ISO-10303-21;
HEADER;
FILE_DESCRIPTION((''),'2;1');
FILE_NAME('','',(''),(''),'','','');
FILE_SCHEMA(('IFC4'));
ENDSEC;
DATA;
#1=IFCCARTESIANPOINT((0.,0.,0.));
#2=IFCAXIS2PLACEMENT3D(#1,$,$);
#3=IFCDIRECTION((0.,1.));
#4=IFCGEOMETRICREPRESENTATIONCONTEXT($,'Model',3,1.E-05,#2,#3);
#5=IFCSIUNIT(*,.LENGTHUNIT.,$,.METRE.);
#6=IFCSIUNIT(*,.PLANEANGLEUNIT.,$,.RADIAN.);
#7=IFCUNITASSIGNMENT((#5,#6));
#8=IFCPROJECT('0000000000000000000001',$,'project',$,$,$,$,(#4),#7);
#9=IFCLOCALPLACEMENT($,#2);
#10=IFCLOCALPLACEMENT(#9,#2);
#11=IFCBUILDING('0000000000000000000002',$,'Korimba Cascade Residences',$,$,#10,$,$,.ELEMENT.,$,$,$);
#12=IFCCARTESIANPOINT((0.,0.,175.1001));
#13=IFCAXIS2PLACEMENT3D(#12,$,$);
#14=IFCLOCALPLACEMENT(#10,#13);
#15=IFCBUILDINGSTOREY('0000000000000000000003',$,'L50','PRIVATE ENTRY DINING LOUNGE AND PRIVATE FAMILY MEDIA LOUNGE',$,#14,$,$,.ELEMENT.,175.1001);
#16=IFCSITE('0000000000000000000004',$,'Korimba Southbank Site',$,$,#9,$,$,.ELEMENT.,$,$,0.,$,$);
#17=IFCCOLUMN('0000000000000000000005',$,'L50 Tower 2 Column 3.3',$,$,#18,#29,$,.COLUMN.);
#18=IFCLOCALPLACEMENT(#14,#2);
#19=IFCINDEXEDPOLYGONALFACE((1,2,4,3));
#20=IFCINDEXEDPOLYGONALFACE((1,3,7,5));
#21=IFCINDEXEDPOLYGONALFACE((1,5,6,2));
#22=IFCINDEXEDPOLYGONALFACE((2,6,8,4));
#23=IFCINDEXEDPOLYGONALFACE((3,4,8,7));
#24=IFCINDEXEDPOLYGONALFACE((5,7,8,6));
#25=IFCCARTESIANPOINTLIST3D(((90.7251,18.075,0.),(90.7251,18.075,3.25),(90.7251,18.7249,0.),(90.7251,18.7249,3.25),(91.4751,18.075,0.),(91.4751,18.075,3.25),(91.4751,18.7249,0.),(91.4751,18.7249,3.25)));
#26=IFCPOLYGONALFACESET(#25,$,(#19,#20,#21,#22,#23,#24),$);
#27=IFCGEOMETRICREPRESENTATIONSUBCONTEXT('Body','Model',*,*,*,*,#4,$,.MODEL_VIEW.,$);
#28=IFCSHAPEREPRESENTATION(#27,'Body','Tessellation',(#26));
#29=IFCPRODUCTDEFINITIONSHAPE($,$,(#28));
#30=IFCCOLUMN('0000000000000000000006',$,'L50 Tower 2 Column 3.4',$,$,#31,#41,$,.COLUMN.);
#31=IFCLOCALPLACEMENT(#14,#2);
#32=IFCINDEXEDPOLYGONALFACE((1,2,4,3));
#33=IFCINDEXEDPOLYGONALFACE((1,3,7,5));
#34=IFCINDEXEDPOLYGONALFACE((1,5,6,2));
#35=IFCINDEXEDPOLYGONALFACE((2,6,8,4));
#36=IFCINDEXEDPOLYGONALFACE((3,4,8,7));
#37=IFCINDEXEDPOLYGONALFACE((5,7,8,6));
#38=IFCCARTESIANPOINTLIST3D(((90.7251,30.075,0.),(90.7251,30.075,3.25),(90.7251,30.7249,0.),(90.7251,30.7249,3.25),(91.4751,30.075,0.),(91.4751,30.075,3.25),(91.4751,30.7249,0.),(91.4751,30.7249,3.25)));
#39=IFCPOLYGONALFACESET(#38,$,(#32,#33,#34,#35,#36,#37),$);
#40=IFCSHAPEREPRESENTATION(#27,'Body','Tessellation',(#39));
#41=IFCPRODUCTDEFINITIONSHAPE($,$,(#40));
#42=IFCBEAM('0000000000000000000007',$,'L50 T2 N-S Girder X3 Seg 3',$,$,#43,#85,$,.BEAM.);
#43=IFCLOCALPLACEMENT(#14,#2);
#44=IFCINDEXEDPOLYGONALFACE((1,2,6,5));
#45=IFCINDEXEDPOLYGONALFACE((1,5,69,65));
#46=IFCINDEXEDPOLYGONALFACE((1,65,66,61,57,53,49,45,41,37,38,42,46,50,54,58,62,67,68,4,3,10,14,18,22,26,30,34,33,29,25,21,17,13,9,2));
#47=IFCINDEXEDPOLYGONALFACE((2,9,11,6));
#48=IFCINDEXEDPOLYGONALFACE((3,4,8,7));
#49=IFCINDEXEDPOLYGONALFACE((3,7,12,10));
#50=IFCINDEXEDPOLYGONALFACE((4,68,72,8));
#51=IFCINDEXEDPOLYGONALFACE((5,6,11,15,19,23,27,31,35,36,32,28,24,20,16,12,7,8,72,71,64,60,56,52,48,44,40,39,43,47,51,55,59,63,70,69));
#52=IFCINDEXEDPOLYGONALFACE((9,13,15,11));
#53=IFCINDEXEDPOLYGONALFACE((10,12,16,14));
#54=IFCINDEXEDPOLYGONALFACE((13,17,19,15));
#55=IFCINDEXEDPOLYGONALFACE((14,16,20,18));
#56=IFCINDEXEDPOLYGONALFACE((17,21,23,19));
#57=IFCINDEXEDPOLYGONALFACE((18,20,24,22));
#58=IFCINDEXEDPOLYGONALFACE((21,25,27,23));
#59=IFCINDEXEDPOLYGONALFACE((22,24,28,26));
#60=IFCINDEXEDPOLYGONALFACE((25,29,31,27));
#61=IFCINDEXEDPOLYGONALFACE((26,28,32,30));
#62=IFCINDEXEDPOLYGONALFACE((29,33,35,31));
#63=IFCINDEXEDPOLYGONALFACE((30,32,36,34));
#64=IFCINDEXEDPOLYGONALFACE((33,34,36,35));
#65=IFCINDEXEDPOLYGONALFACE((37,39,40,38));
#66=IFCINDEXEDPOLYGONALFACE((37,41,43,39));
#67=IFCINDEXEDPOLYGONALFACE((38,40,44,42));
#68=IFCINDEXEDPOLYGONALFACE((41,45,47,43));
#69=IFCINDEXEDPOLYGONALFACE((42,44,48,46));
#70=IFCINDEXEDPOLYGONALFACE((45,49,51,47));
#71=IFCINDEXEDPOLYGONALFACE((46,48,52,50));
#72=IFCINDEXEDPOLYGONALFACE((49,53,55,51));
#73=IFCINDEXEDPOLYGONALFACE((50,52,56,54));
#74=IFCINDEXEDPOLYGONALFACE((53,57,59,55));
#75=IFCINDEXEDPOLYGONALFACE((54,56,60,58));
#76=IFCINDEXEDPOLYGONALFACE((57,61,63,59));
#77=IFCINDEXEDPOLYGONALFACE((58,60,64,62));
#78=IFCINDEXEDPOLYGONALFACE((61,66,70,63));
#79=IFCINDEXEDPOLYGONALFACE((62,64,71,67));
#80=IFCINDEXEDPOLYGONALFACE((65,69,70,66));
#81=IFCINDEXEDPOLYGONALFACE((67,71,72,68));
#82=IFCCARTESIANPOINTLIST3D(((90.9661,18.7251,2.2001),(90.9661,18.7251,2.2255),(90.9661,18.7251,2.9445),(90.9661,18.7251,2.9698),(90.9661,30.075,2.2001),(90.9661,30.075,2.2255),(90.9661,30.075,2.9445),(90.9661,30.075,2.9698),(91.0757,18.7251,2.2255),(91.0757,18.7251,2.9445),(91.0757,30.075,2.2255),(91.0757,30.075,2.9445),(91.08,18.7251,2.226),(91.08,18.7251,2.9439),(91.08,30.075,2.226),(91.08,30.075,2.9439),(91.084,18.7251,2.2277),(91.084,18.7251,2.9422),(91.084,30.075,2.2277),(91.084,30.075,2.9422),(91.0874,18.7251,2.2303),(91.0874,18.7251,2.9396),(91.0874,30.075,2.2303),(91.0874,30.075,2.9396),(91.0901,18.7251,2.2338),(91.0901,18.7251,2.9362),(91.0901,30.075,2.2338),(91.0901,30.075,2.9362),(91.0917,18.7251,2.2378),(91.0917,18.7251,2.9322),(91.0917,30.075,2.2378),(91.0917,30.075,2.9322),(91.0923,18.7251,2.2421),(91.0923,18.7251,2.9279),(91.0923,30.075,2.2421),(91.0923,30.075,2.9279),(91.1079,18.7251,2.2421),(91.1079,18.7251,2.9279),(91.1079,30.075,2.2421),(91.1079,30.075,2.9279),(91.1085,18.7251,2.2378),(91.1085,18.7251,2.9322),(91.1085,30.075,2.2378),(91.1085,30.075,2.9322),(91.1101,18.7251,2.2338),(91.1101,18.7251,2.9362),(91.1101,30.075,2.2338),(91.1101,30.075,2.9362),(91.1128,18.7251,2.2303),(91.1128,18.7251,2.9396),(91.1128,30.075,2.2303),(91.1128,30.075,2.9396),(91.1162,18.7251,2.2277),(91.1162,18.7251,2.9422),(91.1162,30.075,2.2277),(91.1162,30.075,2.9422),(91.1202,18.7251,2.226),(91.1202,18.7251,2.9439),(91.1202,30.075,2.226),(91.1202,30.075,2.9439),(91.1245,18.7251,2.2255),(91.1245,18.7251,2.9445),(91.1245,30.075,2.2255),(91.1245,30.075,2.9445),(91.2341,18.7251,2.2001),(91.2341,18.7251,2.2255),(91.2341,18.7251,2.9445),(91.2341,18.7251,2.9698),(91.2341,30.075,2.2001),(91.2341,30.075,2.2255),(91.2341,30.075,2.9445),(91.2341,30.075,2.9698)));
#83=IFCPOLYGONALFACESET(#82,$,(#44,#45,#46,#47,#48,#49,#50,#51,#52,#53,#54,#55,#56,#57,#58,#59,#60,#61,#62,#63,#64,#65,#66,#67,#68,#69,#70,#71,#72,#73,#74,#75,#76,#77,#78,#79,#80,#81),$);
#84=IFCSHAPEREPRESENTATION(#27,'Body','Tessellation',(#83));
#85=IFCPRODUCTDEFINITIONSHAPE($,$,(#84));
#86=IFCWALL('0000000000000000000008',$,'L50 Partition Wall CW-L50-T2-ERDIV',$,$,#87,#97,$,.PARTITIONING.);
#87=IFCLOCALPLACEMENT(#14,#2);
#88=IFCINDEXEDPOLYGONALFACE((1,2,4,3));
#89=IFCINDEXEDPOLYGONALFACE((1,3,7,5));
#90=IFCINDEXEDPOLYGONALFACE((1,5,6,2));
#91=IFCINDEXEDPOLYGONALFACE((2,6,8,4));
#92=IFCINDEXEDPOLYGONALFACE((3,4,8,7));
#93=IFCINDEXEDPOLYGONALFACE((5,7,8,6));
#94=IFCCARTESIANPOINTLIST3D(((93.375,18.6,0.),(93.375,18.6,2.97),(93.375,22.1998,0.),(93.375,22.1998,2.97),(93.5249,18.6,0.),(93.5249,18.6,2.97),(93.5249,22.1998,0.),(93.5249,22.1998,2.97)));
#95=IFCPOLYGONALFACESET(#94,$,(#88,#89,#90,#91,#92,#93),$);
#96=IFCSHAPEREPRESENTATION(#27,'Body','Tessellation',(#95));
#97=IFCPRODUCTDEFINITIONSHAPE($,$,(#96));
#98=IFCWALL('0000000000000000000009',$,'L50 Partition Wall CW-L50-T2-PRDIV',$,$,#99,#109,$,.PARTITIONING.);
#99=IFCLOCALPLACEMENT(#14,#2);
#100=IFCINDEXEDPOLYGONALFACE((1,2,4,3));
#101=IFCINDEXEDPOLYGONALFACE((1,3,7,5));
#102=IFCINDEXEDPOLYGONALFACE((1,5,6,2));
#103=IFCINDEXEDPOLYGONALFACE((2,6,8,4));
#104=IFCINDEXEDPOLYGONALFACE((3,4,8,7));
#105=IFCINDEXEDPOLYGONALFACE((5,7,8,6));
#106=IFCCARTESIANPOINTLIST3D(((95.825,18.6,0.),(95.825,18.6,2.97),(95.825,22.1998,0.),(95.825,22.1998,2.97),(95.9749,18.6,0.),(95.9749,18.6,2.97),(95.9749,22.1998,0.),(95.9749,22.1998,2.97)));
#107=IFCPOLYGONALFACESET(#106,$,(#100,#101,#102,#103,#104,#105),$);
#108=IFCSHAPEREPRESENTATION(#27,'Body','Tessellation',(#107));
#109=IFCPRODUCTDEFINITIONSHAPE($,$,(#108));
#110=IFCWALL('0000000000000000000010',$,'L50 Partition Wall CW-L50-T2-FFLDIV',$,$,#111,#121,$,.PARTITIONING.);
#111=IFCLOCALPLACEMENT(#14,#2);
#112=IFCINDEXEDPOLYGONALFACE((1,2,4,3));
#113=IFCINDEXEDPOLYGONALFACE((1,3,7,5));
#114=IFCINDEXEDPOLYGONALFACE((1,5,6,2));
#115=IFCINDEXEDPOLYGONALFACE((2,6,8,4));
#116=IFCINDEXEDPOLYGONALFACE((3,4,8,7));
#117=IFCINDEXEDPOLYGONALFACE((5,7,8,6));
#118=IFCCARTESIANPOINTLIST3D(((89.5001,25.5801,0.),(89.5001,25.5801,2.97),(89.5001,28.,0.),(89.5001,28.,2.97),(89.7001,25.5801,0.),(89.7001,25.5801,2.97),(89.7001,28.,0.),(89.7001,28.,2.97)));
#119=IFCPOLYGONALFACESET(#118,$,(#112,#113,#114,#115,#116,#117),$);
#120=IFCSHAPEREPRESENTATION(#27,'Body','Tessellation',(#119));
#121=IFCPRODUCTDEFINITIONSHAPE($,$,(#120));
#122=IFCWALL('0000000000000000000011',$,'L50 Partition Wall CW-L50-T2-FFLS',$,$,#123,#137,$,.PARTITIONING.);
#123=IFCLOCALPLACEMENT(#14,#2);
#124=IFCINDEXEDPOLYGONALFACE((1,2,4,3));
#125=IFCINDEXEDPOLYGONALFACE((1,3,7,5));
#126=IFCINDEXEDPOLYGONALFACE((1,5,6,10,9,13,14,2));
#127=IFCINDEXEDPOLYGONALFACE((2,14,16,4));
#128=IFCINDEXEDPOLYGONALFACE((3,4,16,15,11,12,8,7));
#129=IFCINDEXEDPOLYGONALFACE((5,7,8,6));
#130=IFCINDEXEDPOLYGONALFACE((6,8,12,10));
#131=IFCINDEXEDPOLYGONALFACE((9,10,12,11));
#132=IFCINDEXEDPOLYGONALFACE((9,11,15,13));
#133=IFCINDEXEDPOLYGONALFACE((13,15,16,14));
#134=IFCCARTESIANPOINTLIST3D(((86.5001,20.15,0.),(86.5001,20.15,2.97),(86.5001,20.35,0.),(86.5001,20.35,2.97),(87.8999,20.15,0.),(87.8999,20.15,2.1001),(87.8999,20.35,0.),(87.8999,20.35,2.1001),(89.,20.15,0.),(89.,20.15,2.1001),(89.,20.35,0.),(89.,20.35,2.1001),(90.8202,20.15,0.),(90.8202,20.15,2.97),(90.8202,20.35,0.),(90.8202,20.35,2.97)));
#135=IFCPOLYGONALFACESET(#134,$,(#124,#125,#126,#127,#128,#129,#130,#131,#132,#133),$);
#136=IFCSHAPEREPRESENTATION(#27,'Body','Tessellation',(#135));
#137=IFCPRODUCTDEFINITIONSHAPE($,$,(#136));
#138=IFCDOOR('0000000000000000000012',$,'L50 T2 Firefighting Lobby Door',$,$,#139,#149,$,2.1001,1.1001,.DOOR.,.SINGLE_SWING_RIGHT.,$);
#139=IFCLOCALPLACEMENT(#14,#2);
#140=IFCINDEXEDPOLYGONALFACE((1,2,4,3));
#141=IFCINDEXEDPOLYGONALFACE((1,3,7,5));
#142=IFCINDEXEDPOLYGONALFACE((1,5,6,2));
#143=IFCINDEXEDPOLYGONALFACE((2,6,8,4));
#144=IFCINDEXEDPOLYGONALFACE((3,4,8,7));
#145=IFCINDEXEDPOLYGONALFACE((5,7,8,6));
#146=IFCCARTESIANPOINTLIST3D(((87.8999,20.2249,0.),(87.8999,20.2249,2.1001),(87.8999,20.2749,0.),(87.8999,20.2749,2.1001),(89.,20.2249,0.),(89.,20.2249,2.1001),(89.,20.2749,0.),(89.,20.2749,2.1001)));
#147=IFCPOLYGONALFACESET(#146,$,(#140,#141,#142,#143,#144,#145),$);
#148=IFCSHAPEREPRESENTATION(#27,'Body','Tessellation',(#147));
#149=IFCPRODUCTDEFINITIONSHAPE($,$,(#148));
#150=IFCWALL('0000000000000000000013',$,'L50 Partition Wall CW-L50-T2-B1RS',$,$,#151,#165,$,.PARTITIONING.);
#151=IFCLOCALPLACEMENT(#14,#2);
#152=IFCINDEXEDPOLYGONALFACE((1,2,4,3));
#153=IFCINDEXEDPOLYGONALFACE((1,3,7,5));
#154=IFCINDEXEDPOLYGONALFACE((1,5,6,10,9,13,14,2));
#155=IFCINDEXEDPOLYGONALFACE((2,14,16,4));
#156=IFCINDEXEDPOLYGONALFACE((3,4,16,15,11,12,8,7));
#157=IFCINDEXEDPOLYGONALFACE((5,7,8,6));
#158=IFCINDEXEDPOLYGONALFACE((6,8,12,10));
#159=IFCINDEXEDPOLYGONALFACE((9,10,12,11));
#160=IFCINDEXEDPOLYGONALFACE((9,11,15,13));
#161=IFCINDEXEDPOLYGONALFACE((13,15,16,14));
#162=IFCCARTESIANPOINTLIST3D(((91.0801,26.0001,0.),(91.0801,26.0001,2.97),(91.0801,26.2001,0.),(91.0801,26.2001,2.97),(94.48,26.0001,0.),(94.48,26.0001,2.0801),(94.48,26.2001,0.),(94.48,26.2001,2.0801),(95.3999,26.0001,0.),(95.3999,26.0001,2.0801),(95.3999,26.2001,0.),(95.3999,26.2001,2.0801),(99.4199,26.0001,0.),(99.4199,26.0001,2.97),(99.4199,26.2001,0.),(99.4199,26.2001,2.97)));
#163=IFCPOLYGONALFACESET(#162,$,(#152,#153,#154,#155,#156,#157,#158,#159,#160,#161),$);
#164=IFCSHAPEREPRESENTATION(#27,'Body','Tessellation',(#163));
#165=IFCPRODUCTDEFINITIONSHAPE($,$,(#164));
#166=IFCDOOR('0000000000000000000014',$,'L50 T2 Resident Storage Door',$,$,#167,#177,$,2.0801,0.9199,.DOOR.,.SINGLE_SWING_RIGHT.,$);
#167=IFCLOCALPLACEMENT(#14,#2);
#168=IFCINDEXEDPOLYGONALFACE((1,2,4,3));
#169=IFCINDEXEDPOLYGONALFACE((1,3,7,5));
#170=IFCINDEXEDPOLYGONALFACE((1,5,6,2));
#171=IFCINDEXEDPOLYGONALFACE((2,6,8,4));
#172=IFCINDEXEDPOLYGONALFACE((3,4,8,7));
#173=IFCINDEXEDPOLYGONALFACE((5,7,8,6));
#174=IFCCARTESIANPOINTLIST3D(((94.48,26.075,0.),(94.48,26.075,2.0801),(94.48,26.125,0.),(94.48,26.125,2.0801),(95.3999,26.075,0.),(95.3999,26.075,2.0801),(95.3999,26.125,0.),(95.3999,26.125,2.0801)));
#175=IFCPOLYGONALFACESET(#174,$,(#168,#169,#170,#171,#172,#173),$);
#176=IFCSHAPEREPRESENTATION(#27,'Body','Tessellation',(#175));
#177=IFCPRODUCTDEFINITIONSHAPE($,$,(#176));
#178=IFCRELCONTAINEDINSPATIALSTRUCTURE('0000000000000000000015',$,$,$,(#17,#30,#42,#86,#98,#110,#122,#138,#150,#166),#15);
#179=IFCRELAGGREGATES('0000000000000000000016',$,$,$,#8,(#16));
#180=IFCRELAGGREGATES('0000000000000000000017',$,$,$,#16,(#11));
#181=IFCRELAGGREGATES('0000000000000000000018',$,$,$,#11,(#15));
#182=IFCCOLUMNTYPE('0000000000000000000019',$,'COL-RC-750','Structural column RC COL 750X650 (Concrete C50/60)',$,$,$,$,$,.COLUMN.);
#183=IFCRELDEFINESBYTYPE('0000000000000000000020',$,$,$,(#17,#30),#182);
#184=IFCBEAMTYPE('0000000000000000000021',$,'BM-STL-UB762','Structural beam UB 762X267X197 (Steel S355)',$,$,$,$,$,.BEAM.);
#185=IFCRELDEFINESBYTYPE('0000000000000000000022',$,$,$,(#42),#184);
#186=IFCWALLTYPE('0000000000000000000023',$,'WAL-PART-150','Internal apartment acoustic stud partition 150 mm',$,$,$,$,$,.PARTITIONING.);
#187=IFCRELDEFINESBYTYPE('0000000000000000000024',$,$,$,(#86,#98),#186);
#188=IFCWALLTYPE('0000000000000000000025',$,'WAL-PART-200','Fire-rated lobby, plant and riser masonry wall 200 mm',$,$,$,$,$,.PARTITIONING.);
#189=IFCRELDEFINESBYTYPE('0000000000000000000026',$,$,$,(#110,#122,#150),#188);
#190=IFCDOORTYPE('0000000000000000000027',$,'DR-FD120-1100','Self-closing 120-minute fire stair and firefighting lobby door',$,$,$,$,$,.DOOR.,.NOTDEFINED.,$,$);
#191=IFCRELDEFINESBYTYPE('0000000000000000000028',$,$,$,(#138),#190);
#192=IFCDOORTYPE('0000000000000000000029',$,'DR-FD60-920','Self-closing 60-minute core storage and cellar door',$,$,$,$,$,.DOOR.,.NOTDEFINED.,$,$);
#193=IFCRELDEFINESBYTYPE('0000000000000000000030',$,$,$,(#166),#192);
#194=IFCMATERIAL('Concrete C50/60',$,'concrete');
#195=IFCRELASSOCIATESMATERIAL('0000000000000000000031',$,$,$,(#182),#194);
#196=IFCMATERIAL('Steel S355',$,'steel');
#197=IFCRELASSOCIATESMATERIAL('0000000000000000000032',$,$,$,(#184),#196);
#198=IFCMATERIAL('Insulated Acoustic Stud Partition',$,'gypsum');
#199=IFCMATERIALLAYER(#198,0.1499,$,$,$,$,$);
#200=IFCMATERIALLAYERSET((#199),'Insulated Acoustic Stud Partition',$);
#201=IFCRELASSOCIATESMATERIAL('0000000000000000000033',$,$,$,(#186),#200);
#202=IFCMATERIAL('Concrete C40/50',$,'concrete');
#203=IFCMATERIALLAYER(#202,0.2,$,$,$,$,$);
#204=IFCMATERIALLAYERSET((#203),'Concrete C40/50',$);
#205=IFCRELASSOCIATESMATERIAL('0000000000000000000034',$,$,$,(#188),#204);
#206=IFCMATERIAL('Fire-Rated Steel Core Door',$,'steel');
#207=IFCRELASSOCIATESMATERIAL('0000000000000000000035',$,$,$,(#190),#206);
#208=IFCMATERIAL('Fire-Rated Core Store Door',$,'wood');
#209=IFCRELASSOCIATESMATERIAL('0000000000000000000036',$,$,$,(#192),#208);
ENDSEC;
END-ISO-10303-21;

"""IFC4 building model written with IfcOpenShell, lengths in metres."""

from ifc_helpers import new_model, si_unit, direction, frame, frame_2d, origin, origin_2d, place, context, subcontext, project, spatial, rectangle, i_section, extrude, material, layer, layer_set, material_profile, profile_set, type_object, element, fill, save


model = new_model("IFC4")

# Units and contexts
model_context = context("Model", 3, precision=1e-05, world=origin(), true_north=direction((0.0, 1.0)))
body_context = subcontext(model_context, "Body", "Model", "MODEL_VIEW")
ifc_project = project(units=[si_unit("LENGTHUNIT", "METRE"), si_unit("PLANEANGLEUNIT", "RADIAN")], contexts=[model_context])

# Site, building, storey
site_placement = place(None, origin())
site = spatial("IfcSite", under=ifc_project, at=site_placement, Name="Korimba Southbank Site", CompositionType="ELEMENT", RefElevation=0.0)
building_placement = place(site_placement, origin())
building = spatial("IfcBuilding", under=site, at=building_placement, Name="Korimba Cascade Residences", CompositionType="ELEMENT")
storey_placement = place(building_placement, frame((0.0, 0.0, 175.1001)))
storey = spatial("IfcBuildingStorey", under=building, at=storey_placement, Name="L50", Description="PRIVATE ENTRY DINING LOUNGE AND PRIVATE FAMILY MEDIA LOUNGE", CompositionType="ELEMENT", Elevation=175.1001)

# Columns
ifc_material_1 = material(Name="Concrete C50/60", Category="concrete")
ifc_material_profile_1 = material_profile(ifc_material_1, rectangle(XDim=0.75, YDim=0.6499, at=origin_2d()), Name="Concrete C50/60")
ifc_profile_set_1 = profile_set([ifc_material_profile_1], Name="Concrete C50/60")
column_type = type_object("IfcColumnType", Name="COL-RC-750", Description="Structural column RC COL 750X650 (Concrete C50/60)", PredefinedType="COLUMN", material=ifc_profile_set_1)
for number, where, z_axis, x_axis, name in (
    (1, (91.1001, 18.3999, 0.0), (0.0, 0.0, 1.0), (1.0, 0.0, 0.0), "L50 Tower 2 Column 3.3"),
    (2, (91.1001, 30.3999, 0.0), (0.0, 0.0, 1.0), (1.0, 0.0, 0.0), "L50 Tower 2 Column 3.4"),
):
    element("IfcColumn", number, at=place(storey_placement, frame(where, z_axis=z_axis, x_axis=x_axis)), inside=storey, type_object=column_type, Name=name, PredefinedType="COLUMN", context=body_context, shape_type="SweptSolid", body=[
        extrude(rectangle(XDim=0.75, YDim=0.6499, at=origin_2d()), origin(), (0.0, 0.0, 1.0), 3.25),
    ])

# Beam
ifc_material_2 = material(Name="Steel S355", Category="steel")
ifc_material_profile_2 = material_profile(ifc_material_2, i_section(OverallWidth=0.2681, OverallDepth=0.7698, WebThickness=0.0156, FlangeThickness=0.0254, FilletRadius=0.0166, at=origin_2d()), Name="Steel S355")
ifc_profile_set_2 = profile_set([ifc_material_profile_2], Name="Steel S355")
beam_type = type_object("IfcBeamType", Name="BM-STL-UB762", Description="Structural beam UB 762X267X197 (Steel S355)", PredefinedType="BEAM", material=ifc_profile_set_2)
beam_placement = place(storey_placement, frame((91.1001, 18.7251, 2.585), z_axis=(0.0, 1.0, 0.0), x_axis=(-1.0, 0.0, 0.0)))
element("IfcBeam", 3, at=beam_placement, inside=storey, type_object=beam_type, Name="L50 T2 N-S Girder X3 Seg 3", PredefinedType="BEAM", context=body_context, shape_type="SweptSolid", body=[
    extrude(i_section(OverallWidth=0.2681, OverallDepth=0.7698, WebThickness=0.0156, FlangeThickness=0.0254, FilletRadius=0.0166, at=origin_2d()), origin(), (0.0, 0.0, 1.0), 11.3499),
])

# Walls
ifc_material_3 = material(Name="Insulated Acoustic Stud Partition", Category="gypsum")
ifc_layer_1 = layer(ifc_material_3, 0.1499)
ifc_layer_set_1 = layer_set([ifc_layer_1], Name="Insulated Acoustic Stud Partition")
wall_type_1 = type_object("IfcWallType", Name="WAL-PART-150", Description="Internal apartment acoustic stud partition 150 mm", PredefinedType="PARTITIONING", material=ifc_layer_set_1)
for number, where, z_axis, x_axis, name in (
    (4, (93.45, 18.6001, 0.0), (0.0, 0.0, 1.0), (0.0, 1.0, 0.0), "L50 Partition Wall CW-L50-T2-ERDIV"),
    (5, (95.8999, 18.6001, 0.0), (0.0, 0.0, 1.0), (0.0, 1.0, 0.0), "L50 Partition Wall CW-L50-T2-PRDIV"),
):
    element("IfcWall", number, at=place(storey_placement, frame(where, z_axis=z_axis, x_axis=x_axis)), inside=storey, type_object=wall_type_1, Name=name, PredefinedType="PARTITIONING", context=body_context, shape_type="SweptSolid", body=[
        extrude(rectangle(XDim=3.5999, YDim=0.1499, at=frame_2d((1.7998, 0.0))), origin(), (0.0, 0.0, 1.0), 2.97),
    ])
ifc_material_4 = material(Name="Concrete C40/50", Category="concrete")
ifc_layer_2 = layer(ifc_material_4, 0.2)
ifc_layer_set_2 = layer_set([ifc_layer_2], Name="Concrete C40/50")
wall_type_2 = type_object("IfcWallType", Name="WAL-PART-200", Description="Fire-rated lobby, plant and riser masonry wall 200 mm", PredefinedType="PARTITIONING", material=ifc_layer_set_2)
wall_1_placement = place(storey_placement, frame((89.6001, 25.5801, 0.0), z_axis=(0.0, 0.0, 1.0), x_axis=(0.0, 1.0, 0.0)))
element("IfcWall", 6, at=wall_1_placement, inside=storey, type_object=wall_type_2, Name="L50 Partition Wall CW-L50-T2-FFLDIV", PredefinedType="PARTITIONING", context=body_context, shape_type="SweptSolid", body=[
    extrude(rectangle(XDim=2.4199, YDim=0.2, at=frame_2d((1.21, 0.0))), origin(), (0.0, 0.0, 1.0), 2.97),
])

# Walls, openings, doors
wall_2_placement = place(storey_placement, frame((86.5, 20.25, 0.0), z_axis=(0.0, 0.0, 1.0), x_axis=(1.0, 0.0, 0.0)))
wall_2 = element("IfcWall", 7, at=wall_2_placement, inside=storey, type_object=wall_type_2, Name="L50 Partition Wall CW-L50-T2-FFLS", PredefinedType="PARTITIONING", context=body_context, shape_type="SweptSolid", body=[
    extrude(rectangle(XDim=4.3201, YDim=0.2, at=frame_2d((2.1602, 0.0))), origin(), (0.0, 0.0, 1.0), 2.97),
])
opening_1_placement = place(wall_2_placement, frame((1.3999, 0.0, 0.0)))
opening_1 = element("IfcOpeningElement", 8, at=opening_1_placement, cuts=wall_2, PredefinedType="OPENING", context=body_context, shape_type="SweptSolid", body=[
    extrude(rectangle(XDim=1.1001, YDim=2.1001, at=frame_2d((0.55, 1.05))), frame((0.0, 0.1099, 0.0), z_axis=(0.0, -1.0, 0.0), x_axis=(1.0, 0.0, 0.0)), (0.0, 0.0, 1.0), 0.22),
])
ifc_material_5 = material(Name="Fire-Rated Steel Core Door", Category="steel")
door_type_1 = type_object("IfcDoorType", Name="DR-FD120-1100", Description="Self-closing 120-minute fire stair and firefighting lobby door", OperationType="NOTDEFINED", PredefinedType="DOOR", material=ifc_material_5)
door_1_placement = place(opening_1_placement, origin())
door_1 = element("IfcDoor", 9, at=door_1_placement, inside=storey, type_object=door_type_1, Name="L50 T2 Firefighting Lobby Door", OperationType="SINGLE_SWING_RIGHT", OverallHeight=2.1001, OverallWidth=1.1001, PredefinedType="DOOR", context=body_context, shape_type="SweptSolid", body=[
    extrude(rectangle(XDim=1.1001, YDim=2.1001, at=frame_2d((0.55, 1.05))), frame((0.0, 0.0249, 0.0), z_axis=(0.0, -1.0, 0.0), x_axis=(1.0, 0.0, 0.0)), (0.0, 0.0, 1.0), 0.05),
])
fill(opening_1, door_1)
wall_3_placement = place(storey_placement, frame((91.0801, 26.1001, 0.0), z_axis=(0.0, 0.0, 1.0), x_axis=(1.0, 0.0, 0.0)))
wall_3 = element("IfcWall", 10, at=wall_3_placement, inside=storey, type_object=wall_type_2, Name="L50 Partition Wall CW-L50-T2-B1RS", PredefinedType="PARTITIONING", context=body_context, shape_type="SweptSolid", body=[
    extrude(rectangle(XDim=8.3398, YDim=0.2, at=frame_2d((4.1699, 0.0))), origin(), (0.0, 0.0, 1.0), 2.97),
])
opening_2_placement = place(wall_3_placement, frame((3.3999, 0.0, 0.0)))
opening_2 = element("IfcOpeningElement", 11, at=opening_2_placement, cuts=wall_3, PredefinedType="OPENING", context=body_context, shape_type="SweptSolid", body=[
    extrude(rectangle(XDim=0.9199, YDim=2.0801, at=frame_2d((0.46, 1.04))), frame((0.0, 0.1099, 0.0), z_axis=(0.0, -1.0, 0.0), x_axis=(1.0, 0.0, 0.0)), (0.0, 0.0, 1.0), 0.22),
])
ifc_material_6 = material(Name="Fire-Rated Core Store Door", Category="wood")
door_type_2 = type_object("IfcDoorType", Name="DR-FD60-920", Description="Self-closing 60-minute core storage and cellar door", OperationType="NOTDEFINED", PredefinedType="DOOR", material=ifc_material_6)
door_2_placement = place(opening_2_placement, origin())
door_2 = element("IfcDoor", 12, at=door_2_placement, inside=storey, type_object=door_type_2, Name="L50 T2 Resident Storage Door", OperationType="SINGLE_SWING_RIGHT", OverallHeight=2.0801, OverallWidth=0.9199, PredefinedType="DOOR", context=body_context, shape_type="SweptSolid", body=[
    extrude(rectangle(XDim=0.9199, YDim=2.0801, at=frame_2d((0.46, 1.04))), frame((0.0, 0.0249, 0.0), z_axis=(0.0, -1.0, 0.0), x_axis=(1.0, 0.0, 0.0)), (0.0, 0.0, 1.0), 0.05),
])
fill(opening_2, door_2)

save(model, "model.ifc")
